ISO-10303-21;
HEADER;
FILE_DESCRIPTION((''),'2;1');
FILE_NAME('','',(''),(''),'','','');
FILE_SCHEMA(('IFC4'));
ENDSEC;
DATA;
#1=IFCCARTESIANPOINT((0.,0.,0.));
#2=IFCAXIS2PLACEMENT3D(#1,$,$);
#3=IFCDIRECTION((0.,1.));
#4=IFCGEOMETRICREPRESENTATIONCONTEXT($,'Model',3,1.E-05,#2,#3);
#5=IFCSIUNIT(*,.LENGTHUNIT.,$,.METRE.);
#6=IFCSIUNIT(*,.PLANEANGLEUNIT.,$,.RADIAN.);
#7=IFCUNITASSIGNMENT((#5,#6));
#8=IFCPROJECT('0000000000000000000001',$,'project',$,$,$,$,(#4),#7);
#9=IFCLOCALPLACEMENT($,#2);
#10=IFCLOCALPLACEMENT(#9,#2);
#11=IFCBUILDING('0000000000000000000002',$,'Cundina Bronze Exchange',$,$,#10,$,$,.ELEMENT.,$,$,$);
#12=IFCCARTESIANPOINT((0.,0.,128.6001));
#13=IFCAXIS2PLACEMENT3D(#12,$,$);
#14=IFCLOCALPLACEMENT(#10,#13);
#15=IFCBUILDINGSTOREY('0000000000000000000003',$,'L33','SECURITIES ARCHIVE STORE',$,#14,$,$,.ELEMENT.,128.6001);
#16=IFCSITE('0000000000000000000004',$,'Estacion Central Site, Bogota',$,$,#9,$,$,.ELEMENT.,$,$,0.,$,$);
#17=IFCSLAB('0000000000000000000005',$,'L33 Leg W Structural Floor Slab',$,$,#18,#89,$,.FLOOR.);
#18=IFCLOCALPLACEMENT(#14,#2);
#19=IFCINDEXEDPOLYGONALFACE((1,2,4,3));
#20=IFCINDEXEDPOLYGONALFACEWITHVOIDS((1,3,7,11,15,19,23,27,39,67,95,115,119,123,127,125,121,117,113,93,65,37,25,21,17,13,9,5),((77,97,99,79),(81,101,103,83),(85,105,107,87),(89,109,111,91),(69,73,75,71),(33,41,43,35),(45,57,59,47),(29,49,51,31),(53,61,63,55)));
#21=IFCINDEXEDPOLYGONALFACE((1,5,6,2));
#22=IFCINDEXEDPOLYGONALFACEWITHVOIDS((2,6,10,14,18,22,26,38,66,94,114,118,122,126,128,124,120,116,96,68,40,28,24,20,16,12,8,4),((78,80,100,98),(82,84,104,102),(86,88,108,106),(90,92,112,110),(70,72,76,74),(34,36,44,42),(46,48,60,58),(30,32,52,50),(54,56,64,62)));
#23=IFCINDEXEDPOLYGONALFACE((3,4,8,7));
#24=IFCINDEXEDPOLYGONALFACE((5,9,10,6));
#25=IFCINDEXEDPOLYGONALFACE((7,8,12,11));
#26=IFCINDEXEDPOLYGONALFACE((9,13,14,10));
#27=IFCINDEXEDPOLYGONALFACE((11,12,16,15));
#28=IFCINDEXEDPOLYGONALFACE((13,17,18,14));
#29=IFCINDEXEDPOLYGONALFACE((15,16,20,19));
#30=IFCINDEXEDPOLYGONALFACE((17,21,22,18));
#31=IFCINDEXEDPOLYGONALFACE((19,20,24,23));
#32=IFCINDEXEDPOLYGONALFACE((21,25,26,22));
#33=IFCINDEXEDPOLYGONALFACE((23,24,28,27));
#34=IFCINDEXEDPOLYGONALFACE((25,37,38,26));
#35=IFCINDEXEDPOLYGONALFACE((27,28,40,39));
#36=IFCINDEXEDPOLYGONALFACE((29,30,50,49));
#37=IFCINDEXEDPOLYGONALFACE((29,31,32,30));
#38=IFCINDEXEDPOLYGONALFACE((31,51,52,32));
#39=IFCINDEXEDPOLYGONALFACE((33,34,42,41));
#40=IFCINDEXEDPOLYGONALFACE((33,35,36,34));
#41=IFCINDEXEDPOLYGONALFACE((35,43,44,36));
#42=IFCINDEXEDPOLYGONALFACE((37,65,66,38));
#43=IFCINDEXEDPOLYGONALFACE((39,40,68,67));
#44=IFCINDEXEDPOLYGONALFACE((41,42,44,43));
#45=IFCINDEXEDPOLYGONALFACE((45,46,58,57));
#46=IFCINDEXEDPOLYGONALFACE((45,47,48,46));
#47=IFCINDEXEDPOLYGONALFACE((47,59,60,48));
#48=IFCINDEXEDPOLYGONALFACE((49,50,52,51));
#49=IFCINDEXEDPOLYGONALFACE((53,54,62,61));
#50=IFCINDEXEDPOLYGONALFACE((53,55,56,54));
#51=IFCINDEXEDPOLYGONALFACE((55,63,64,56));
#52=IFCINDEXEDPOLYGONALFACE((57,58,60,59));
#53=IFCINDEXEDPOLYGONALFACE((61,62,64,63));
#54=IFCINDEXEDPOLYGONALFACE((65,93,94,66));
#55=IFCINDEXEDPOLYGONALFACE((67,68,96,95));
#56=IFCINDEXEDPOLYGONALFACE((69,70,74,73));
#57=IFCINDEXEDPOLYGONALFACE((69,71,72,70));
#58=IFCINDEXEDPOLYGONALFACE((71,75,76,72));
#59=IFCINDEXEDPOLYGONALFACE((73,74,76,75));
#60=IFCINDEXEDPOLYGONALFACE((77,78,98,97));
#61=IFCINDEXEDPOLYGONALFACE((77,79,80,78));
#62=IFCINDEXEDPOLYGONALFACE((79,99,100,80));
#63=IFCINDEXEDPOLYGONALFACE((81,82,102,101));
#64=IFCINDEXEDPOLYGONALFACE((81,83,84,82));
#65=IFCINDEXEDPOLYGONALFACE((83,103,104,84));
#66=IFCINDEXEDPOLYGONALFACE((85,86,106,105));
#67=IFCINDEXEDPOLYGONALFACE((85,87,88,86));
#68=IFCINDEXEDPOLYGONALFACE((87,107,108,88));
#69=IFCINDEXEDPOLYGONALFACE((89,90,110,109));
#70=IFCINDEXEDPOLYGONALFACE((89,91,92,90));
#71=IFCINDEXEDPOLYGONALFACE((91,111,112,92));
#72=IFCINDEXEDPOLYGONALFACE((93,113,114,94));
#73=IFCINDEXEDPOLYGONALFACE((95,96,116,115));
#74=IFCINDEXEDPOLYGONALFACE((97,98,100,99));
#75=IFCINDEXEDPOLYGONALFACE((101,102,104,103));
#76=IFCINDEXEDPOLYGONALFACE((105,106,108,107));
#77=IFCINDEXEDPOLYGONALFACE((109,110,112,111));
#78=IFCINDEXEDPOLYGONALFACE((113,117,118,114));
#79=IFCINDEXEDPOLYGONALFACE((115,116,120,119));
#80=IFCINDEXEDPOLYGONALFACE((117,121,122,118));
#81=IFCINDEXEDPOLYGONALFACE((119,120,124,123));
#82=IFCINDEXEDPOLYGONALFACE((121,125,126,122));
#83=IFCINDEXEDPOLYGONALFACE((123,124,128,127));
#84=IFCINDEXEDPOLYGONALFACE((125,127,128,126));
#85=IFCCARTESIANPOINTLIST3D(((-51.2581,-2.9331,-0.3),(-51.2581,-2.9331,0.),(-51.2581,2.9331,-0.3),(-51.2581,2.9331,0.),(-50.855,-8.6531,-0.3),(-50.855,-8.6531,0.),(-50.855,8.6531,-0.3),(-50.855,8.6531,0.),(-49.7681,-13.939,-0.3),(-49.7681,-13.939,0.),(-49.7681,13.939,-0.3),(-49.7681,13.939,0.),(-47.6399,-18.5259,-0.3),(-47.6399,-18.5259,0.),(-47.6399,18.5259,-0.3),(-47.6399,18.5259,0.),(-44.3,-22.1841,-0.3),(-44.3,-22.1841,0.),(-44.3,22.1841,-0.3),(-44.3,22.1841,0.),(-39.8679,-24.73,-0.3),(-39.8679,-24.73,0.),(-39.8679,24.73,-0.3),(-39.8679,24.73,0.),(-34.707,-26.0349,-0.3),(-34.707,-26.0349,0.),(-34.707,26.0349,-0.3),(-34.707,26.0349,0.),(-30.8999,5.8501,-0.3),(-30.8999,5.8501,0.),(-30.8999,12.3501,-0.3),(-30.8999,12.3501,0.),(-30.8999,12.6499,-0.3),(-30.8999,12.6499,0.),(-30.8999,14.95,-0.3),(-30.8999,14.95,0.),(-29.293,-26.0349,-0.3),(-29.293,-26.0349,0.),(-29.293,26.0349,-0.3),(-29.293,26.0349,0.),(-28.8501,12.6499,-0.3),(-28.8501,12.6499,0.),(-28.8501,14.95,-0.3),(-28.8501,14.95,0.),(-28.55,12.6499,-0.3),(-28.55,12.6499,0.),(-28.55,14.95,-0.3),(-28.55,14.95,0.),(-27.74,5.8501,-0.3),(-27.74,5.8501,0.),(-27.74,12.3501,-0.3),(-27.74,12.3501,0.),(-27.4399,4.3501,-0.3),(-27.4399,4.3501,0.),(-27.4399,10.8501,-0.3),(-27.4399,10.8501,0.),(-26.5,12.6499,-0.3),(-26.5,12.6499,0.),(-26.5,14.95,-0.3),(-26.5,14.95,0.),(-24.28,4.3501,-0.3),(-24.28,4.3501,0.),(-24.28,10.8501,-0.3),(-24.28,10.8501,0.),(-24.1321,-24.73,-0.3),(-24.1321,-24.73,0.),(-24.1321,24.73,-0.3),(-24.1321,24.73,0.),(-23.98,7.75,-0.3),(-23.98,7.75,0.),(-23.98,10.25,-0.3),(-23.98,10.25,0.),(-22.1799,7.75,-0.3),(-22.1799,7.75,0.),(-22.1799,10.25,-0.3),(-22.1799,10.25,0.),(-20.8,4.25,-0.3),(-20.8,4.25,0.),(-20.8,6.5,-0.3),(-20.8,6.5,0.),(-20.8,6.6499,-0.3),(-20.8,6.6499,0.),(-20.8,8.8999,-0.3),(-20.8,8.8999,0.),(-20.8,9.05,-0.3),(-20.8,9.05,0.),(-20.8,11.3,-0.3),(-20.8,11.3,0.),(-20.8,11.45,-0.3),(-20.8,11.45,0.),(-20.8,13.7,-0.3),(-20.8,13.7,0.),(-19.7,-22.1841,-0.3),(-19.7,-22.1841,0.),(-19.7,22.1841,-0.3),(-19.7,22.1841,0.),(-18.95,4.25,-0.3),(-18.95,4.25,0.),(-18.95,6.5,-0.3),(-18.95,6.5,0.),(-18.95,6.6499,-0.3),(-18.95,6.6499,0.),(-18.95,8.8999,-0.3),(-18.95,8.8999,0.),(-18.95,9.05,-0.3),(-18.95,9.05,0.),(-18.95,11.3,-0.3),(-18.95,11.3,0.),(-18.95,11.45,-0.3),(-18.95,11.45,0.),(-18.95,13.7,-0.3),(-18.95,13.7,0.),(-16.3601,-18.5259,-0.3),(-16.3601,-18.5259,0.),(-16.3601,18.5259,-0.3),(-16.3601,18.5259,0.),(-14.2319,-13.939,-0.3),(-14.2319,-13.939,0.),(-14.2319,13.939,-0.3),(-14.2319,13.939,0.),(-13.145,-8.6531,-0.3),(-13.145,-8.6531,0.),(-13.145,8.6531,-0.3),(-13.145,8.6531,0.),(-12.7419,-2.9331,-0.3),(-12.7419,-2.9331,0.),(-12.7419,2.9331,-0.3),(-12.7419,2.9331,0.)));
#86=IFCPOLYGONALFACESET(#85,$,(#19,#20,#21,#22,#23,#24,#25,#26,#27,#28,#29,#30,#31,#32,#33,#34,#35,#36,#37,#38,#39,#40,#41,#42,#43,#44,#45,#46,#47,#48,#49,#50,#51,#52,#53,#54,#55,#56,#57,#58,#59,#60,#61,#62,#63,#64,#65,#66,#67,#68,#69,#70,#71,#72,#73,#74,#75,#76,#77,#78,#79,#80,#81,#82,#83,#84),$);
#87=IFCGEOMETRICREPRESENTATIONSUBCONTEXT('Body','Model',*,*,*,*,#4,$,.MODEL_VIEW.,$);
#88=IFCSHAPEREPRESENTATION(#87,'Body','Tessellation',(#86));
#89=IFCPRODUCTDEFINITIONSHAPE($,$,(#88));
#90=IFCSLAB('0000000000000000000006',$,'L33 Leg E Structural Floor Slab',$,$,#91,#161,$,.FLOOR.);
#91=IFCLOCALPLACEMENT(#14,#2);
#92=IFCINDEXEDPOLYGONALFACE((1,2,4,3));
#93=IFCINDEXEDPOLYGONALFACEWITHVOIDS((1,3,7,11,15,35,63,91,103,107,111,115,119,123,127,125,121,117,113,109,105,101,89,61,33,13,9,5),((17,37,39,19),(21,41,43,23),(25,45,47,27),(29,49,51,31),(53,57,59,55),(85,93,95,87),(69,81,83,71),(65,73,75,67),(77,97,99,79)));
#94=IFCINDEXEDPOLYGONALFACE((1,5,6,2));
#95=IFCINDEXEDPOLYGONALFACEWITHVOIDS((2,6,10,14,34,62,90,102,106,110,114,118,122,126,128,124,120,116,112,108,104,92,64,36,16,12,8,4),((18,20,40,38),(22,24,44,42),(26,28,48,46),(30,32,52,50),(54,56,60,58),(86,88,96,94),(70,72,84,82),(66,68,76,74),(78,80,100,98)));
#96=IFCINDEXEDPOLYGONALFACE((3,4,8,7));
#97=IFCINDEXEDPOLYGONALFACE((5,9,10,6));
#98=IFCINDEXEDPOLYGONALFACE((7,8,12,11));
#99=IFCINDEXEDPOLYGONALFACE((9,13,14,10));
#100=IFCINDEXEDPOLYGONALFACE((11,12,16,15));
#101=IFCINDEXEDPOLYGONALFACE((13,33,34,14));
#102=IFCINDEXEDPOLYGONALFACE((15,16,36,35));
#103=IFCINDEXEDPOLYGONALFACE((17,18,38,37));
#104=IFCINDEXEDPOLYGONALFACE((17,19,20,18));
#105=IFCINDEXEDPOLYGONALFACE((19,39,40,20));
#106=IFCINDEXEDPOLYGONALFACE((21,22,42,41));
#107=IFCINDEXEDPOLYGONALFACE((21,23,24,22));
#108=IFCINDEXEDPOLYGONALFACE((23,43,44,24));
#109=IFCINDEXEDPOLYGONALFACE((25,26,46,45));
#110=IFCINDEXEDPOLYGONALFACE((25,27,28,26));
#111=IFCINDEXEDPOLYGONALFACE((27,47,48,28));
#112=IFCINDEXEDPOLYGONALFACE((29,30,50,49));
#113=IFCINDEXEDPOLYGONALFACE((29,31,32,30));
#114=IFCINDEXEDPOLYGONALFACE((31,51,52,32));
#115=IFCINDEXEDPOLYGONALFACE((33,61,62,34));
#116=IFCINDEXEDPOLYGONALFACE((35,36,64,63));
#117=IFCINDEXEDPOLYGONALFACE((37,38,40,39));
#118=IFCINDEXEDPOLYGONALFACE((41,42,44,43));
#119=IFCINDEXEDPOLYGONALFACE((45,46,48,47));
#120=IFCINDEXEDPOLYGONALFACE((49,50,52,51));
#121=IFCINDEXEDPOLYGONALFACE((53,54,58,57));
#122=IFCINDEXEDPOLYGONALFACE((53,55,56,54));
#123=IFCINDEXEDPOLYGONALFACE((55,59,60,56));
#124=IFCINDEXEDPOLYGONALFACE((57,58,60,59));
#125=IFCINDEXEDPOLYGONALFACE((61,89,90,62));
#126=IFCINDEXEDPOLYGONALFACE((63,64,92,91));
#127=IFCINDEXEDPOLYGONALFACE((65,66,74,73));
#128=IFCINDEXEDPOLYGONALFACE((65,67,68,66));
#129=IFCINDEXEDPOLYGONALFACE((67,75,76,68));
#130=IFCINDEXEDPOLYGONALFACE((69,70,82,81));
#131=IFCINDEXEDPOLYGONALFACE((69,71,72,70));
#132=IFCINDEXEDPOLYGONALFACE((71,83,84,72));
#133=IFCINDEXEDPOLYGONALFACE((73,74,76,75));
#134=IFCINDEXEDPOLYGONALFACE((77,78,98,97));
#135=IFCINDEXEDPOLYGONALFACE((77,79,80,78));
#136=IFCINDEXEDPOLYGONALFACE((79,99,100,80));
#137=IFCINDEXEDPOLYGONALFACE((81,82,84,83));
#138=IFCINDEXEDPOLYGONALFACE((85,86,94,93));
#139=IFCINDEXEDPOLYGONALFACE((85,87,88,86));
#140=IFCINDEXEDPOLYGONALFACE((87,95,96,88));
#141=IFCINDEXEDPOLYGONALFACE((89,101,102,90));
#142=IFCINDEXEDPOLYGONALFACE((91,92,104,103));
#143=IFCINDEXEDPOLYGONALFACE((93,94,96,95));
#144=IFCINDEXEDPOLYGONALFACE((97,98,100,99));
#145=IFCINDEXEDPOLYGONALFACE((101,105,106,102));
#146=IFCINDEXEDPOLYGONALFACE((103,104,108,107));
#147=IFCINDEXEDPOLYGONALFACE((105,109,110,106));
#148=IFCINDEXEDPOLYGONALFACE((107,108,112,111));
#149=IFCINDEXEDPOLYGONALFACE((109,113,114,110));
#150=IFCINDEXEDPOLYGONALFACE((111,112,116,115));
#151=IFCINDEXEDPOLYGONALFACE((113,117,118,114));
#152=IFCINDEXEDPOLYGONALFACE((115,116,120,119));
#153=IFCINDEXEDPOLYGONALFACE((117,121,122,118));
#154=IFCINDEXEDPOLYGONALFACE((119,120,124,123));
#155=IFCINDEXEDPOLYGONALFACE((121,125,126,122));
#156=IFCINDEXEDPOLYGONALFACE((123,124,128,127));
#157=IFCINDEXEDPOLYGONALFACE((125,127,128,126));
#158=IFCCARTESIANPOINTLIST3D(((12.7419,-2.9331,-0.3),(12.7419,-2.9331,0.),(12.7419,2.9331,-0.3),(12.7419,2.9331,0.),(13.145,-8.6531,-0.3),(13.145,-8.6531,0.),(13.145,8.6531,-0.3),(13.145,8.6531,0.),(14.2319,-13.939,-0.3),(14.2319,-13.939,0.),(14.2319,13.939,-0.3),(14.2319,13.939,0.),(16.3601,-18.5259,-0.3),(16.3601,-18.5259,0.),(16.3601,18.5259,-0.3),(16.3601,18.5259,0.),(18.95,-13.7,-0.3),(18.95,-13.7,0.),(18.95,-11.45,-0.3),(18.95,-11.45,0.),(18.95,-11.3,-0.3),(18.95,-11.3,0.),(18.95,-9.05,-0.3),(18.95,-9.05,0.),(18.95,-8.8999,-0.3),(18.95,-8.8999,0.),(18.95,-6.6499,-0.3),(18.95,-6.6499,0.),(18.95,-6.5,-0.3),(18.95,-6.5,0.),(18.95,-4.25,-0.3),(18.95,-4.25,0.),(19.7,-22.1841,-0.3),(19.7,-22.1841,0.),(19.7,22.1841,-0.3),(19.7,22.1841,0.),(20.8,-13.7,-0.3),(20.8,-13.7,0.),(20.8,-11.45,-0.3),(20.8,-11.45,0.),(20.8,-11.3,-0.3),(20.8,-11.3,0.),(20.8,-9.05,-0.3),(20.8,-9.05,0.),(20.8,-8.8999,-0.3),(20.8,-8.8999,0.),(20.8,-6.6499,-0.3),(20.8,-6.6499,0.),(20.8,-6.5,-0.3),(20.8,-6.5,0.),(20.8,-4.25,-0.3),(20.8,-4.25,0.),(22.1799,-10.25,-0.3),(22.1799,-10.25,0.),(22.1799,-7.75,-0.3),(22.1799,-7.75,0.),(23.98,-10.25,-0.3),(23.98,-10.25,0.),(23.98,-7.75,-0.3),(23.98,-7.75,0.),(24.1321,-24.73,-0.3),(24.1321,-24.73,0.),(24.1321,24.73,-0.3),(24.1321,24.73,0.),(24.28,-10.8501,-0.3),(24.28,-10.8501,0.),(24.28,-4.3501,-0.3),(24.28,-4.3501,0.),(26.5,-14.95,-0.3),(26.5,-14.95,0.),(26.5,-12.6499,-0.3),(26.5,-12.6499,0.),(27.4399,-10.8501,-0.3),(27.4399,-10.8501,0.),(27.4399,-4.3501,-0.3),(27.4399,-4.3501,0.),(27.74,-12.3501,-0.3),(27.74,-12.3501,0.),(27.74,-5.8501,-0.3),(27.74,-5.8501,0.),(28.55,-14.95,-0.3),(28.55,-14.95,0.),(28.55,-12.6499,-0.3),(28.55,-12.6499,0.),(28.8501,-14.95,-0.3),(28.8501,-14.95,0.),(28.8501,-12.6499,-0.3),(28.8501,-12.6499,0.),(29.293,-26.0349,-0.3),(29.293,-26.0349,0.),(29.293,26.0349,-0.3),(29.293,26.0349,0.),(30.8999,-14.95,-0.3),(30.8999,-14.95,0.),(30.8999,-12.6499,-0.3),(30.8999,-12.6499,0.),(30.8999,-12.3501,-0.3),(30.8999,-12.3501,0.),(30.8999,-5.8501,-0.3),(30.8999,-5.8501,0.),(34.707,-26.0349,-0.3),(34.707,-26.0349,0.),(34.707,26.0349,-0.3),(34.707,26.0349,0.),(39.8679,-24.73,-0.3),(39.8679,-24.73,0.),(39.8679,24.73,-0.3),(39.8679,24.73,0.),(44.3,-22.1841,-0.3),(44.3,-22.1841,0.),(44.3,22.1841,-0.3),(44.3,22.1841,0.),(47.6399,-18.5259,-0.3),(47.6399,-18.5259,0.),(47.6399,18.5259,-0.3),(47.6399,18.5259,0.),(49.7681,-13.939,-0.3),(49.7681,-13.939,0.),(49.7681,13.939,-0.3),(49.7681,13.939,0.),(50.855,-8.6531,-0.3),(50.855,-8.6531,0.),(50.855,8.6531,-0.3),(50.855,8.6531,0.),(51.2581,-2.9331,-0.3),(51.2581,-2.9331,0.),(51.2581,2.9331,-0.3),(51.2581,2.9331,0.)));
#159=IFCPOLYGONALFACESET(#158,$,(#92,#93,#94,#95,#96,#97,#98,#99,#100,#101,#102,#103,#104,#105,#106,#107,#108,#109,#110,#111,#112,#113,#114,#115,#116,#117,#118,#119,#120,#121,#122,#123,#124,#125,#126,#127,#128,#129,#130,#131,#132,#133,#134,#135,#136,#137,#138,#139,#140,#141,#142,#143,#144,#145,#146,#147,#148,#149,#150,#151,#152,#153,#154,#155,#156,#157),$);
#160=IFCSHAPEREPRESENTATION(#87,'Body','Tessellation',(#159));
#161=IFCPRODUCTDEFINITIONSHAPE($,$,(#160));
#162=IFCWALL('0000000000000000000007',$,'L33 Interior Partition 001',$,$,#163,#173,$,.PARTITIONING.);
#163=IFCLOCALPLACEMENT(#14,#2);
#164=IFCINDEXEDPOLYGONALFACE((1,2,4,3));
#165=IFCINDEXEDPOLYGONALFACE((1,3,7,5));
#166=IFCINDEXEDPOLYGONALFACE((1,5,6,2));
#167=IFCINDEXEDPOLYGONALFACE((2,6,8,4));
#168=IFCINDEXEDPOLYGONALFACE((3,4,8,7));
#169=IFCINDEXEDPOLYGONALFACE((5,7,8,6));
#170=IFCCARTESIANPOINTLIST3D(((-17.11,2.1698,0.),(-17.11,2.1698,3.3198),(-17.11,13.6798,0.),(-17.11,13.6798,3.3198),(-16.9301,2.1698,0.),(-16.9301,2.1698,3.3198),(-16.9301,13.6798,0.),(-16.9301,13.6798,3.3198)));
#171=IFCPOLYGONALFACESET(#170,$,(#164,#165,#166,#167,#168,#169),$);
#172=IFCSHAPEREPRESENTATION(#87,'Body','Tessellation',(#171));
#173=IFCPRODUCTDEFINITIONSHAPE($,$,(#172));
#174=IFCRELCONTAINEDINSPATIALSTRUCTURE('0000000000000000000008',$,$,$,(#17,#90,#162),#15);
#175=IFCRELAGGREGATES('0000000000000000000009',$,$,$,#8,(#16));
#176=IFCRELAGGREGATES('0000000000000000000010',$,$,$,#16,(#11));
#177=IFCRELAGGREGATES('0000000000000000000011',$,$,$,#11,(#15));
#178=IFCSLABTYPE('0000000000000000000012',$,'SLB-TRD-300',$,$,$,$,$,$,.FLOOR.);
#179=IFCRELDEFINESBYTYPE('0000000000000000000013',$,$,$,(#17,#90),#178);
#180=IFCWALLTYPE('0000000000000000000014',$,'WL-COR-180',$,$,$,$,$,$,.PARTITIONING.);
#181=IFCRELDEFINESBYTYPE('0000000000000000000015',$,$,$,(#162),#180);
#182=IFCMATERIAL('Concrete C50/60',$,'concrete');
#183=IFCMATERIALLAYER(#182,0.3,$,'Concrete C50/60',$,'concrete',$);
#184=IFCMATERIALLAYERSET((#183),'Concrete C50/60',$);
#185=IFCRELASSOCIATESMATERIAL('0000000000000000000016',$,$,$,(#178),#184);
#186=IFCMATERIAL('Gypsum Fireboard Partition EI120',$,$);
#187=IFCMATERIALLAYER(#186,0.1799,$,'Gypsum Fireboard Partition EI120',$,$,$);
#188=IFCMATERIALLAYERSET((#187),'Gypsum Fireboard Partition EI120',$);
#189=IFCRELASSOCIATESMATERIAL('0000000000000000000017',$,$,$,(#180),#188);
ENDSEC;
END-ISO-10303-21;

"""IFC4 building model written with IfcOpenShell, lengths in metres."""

from ifc_helpers import new_model, si_unit, direction, frame, frame_2d, origin, place, context, subcontext, project, spatial, polyline, rectangle, outline, extrude, material, layer, layer_set, type_object, element, save


model = new_model("IFC4")

# Units and contexts
model_context = context("Model", 3, precision=1e-05, world=origin(), true_north=direction((0.0, 1.0)))
body_context = subcontext(model_context, "Body", "Model", "MODEL_VIEW")
ifc_project = project(units=[si_unit("LENGTHUNIT", "METRE"), si_unit("PLANEANGLEUNIT", "RADIAN")], contexts=[model_context])

# Site, building, storey
site_placement = place(None, origin())
site = spatial("IfcSite", under=ifc_project, at=site_placement, Name="Estacion Central Site, Bogota", CompositionType="ELEMENT", RefElevation=0.0)
building_placement = place(site_placement, origin())
building = spatial("IfcBuilding", under=site, at=building_placement, Name="Cundina Bronze Exchange", CompositionType="ELEMENT")
storey_placement = place(building_placement, frame((0.0, 0.0, 128.6001)))
storey = spatial("IfcBuildingStorey", under=building, at=storey_placement, Name="L33", Description="SECURITIES ARCHIVE STORE", CompositionType="ELEMENT", Elevation=128.6001)

# Slabs
ifc_material_1 = material(Name="Concrete C50/60", Category="concrete")
ifc_layer_1 = layer(ifc_material_1, 0.3, Name="Concrete C50/60", Category="concrete")
ifc_layer_set_1 = layer_set([ifc_layer_1], Name="Concrete C50/60")
slab_type_1 = type_object("IfcSlabType", Name="SLB-TRD-300", PredefinedType="FLOOR", material=ifc_layer_set_1)
slab_1_placement = place(storey_placement, frame((0.0, 0.0, -0.3)))
element("IfcSlab", 1, at=slab_1_placement, inside=storey, type_object=slab_type_1, Name="L33 Leg W Structural Floor Slab", PredefinedType="FLOOR", context=body_context, shape_type="SweptSolid", body=[
    extrude(outline(polyline([(-12.7419, 2.9331), (-13.145, 8.6531), (-14.2319, 13.939), (-16.3601, 18.5259), (-19.7, 22.1841), (-24.1321, 24.73), (-29.293, 26.0349), (-34.707, 26.0349), (-39.8679, 24.73), (-44.3, 22.1841), (-47.6399, 18.5259), (-49.7681, 13.939), (-50.855, 8.6531), (-51.2581, 2.9331), (-51.2581, -2.9331), (-50.855, -8.6531), (-49.7681, -13.939), (-47.6399, -18.5259), (-44.3, -22.1841), (-39.8679, -24.73), (-34.707, -26.0349), (-29.293, -26.0349), (-24.1321, -24.73), (-19.7, -22.1841), (-16.3601, -18.5259), (-14.2319, -13.939), (-13.145, -8.6531), (-12.7419, -2.9331), (-12.7419, 2.9331)]), holes=[polyline([(-27.74, 5.8501), (-27.74, 12.3501), (-30.8999, 12.3501), (-30.8999, 5.8501), (-27.74, 5.8501)]), polyline([(-27.4399, 10.8501), (-27.4399, 4.3501), (-24.28, 4.3501), (-24.28, 10.8501), (-27.4399, 10.8501)]), polyline([(-23.98, 10.25), (-22.1799, 10.25), (-22.1799, 7.75), (-23.98, 7.75), (-23.98, 10.25)]), polyline([(-30.8999, 14.95), (-28.8501, 14.95), (-28.8501, 12.6499), (-30.8999, 12.6499), (-30.8999, 14.95)]), polyline([(-28.55, 14.95), (-26.5, 14.95), (-26.5, 12.6499), (-28.55, 12.6499), (-28.55, 14.95)]), polyline([(-20.8, 13.7), (-18.95, 13.7), (-18.95, 11.45), (-20.8, 11.45), (-20.8, 13.7)]), polyline([(-20.8, 11.3), (-18.95, 11.3), (-18.95, 9.05), (-20.8, 9.05), (-20.8, 11.3)]), polyline([(-20.8, 8.8999), (-18.95, 8.8999), (-18.95, 6.6499), (-20.8, 6.6499), (-20.8, 8.8999)]), polyline([(-20.8, 6.5), (-18.95, 6.5), (-18.95, 4.25), (-20.8, 4.25), (-20.8, 6.5)])]), origin(), (0.0, 0.0, 1.0), 0.3),
])
slab_2_placement = place(storey_placement, frame((0.0, 0.0, -0.3)))
element("IfcSlab", 2, at=slab_2_placement, inside=storey, type_object=slab_type_1, Name="L33 Leg E Structural Floor Slab", PredefinedType="FLOOR", context=body_context, shape_type="SweptSolid", body=[
    extrude(outline(polyline([(51.2581, 2.9331), (50.855, 8.6531), (49.7681, 13.939), (47.6399, 18.5259), (44.3, 22.1841), (39.8679, 24.73), (34.707, 26.0349), (29.293, 26.0349), (24.1321, 24.73), (19.7, 22.1841), (16.3601, 18.5259), (14.2319, 13.939), (13.145, 8.6531), (12.7419, 2.9331), (12.7419, -2.9331), (13.145, -8.6531), (14.2319, -13.939), (16.3601, -18.5259), (19.7, -22.1841), (24.1321, -24.73), (29.293, -26.0349), (34.707, -26.0349), (39.8679, -24.73), (44.3, -22.1841), (47.6399, -18.5259), (49.7681, -13.939), (50.855, -8.6531), (51.2581, -2.9331), (51.2581, 2.9331)]), holes=[polyline([(27.74, -5.8501), (27.74, -12.3501), (30.8999, -12.3501), (30.8999, -5.8501), (27.74, -5.8501)]), polyline([(27.4399, -10.8501), (27.4399, -4.3501), (24.28, -4.3501), (24.28, -10.8501), (27.4399, -10.8501)]), polyline([(22.1799, -7.75), (23.98, -7.75), (23.98, -10.25), (22.1799, -10.25), (22.1799, -7.75)]), polyline([(28.8501, -12.6499), (30.8999, -12.6499), (30.8999, -14.95), (28.8501, -14.95), (28.8501, -12.6499)]), polyline([(26.5, -12.6499), (28.55, -12.6499), (28.55, -14.95), (26.5, -14.95), (26.5, -12.6499)]), polyline([(18.95, -11.45), (20.8, -11.45), (20.8, -13.7), (18.95, -13.7), (18.95, -11.45)]), polyline([(18.95, -9.05), (20.8, -9.05), (20.8, -11.3), (18.95, -11.3), (18.95, -9.05)]), polyline([(18.95, -6.6499), (20.8, -6.6499), (20.8, -8.8999), (18.95, -8.8999), (18.95, -6.6499)]), polyline([(18.95, -4.25), (20.8, -4.25), (20.8, -6.5), (18.95, -6.5), (18.95, -4.25)])]), origin(), (0.0, 0.0, 1.0), 0.3),
])

# Wall
ifc_material_2 = material(Name="Gypsum Fireboard Partition EI120")
ifc_layer_2 = layer(ifc_material_2, 0.1799, Name="Gypsum Fireboard Partition EI120")
ifc_layer_set_2 = layer_set([ifc_layer_2], Name="Gypsum Fireboard Partition EI120")
wall_type = type_object("IfcWallType", Name="WL-COR-180", PredefinedType="PARTITIONING", material=ifc_layer_set_2)
wall_1_placement = place(storey_placement, frame((-17.02, 2.1699, 0.0), z_axis=(0.0, 0.0, 1.0), x_axis=(0.0, 1.0, 0.0)))
element("IfcWall", 3, at=wall_1_placement, inside=storey, type_object=wall_type, Name="L33 Interior Partition 001", PredefinedType="PARTITIONING", context=body_context, shape_type="SweptSolid", body=[
    extrude(rectangle(XDim=11.51, YDim=0.1799, at=frame_2d((5.7549, 0.0))), origin(), (0.0, 0.0, 1.0), 3.3198),
])

save(model, "model.ifc")
